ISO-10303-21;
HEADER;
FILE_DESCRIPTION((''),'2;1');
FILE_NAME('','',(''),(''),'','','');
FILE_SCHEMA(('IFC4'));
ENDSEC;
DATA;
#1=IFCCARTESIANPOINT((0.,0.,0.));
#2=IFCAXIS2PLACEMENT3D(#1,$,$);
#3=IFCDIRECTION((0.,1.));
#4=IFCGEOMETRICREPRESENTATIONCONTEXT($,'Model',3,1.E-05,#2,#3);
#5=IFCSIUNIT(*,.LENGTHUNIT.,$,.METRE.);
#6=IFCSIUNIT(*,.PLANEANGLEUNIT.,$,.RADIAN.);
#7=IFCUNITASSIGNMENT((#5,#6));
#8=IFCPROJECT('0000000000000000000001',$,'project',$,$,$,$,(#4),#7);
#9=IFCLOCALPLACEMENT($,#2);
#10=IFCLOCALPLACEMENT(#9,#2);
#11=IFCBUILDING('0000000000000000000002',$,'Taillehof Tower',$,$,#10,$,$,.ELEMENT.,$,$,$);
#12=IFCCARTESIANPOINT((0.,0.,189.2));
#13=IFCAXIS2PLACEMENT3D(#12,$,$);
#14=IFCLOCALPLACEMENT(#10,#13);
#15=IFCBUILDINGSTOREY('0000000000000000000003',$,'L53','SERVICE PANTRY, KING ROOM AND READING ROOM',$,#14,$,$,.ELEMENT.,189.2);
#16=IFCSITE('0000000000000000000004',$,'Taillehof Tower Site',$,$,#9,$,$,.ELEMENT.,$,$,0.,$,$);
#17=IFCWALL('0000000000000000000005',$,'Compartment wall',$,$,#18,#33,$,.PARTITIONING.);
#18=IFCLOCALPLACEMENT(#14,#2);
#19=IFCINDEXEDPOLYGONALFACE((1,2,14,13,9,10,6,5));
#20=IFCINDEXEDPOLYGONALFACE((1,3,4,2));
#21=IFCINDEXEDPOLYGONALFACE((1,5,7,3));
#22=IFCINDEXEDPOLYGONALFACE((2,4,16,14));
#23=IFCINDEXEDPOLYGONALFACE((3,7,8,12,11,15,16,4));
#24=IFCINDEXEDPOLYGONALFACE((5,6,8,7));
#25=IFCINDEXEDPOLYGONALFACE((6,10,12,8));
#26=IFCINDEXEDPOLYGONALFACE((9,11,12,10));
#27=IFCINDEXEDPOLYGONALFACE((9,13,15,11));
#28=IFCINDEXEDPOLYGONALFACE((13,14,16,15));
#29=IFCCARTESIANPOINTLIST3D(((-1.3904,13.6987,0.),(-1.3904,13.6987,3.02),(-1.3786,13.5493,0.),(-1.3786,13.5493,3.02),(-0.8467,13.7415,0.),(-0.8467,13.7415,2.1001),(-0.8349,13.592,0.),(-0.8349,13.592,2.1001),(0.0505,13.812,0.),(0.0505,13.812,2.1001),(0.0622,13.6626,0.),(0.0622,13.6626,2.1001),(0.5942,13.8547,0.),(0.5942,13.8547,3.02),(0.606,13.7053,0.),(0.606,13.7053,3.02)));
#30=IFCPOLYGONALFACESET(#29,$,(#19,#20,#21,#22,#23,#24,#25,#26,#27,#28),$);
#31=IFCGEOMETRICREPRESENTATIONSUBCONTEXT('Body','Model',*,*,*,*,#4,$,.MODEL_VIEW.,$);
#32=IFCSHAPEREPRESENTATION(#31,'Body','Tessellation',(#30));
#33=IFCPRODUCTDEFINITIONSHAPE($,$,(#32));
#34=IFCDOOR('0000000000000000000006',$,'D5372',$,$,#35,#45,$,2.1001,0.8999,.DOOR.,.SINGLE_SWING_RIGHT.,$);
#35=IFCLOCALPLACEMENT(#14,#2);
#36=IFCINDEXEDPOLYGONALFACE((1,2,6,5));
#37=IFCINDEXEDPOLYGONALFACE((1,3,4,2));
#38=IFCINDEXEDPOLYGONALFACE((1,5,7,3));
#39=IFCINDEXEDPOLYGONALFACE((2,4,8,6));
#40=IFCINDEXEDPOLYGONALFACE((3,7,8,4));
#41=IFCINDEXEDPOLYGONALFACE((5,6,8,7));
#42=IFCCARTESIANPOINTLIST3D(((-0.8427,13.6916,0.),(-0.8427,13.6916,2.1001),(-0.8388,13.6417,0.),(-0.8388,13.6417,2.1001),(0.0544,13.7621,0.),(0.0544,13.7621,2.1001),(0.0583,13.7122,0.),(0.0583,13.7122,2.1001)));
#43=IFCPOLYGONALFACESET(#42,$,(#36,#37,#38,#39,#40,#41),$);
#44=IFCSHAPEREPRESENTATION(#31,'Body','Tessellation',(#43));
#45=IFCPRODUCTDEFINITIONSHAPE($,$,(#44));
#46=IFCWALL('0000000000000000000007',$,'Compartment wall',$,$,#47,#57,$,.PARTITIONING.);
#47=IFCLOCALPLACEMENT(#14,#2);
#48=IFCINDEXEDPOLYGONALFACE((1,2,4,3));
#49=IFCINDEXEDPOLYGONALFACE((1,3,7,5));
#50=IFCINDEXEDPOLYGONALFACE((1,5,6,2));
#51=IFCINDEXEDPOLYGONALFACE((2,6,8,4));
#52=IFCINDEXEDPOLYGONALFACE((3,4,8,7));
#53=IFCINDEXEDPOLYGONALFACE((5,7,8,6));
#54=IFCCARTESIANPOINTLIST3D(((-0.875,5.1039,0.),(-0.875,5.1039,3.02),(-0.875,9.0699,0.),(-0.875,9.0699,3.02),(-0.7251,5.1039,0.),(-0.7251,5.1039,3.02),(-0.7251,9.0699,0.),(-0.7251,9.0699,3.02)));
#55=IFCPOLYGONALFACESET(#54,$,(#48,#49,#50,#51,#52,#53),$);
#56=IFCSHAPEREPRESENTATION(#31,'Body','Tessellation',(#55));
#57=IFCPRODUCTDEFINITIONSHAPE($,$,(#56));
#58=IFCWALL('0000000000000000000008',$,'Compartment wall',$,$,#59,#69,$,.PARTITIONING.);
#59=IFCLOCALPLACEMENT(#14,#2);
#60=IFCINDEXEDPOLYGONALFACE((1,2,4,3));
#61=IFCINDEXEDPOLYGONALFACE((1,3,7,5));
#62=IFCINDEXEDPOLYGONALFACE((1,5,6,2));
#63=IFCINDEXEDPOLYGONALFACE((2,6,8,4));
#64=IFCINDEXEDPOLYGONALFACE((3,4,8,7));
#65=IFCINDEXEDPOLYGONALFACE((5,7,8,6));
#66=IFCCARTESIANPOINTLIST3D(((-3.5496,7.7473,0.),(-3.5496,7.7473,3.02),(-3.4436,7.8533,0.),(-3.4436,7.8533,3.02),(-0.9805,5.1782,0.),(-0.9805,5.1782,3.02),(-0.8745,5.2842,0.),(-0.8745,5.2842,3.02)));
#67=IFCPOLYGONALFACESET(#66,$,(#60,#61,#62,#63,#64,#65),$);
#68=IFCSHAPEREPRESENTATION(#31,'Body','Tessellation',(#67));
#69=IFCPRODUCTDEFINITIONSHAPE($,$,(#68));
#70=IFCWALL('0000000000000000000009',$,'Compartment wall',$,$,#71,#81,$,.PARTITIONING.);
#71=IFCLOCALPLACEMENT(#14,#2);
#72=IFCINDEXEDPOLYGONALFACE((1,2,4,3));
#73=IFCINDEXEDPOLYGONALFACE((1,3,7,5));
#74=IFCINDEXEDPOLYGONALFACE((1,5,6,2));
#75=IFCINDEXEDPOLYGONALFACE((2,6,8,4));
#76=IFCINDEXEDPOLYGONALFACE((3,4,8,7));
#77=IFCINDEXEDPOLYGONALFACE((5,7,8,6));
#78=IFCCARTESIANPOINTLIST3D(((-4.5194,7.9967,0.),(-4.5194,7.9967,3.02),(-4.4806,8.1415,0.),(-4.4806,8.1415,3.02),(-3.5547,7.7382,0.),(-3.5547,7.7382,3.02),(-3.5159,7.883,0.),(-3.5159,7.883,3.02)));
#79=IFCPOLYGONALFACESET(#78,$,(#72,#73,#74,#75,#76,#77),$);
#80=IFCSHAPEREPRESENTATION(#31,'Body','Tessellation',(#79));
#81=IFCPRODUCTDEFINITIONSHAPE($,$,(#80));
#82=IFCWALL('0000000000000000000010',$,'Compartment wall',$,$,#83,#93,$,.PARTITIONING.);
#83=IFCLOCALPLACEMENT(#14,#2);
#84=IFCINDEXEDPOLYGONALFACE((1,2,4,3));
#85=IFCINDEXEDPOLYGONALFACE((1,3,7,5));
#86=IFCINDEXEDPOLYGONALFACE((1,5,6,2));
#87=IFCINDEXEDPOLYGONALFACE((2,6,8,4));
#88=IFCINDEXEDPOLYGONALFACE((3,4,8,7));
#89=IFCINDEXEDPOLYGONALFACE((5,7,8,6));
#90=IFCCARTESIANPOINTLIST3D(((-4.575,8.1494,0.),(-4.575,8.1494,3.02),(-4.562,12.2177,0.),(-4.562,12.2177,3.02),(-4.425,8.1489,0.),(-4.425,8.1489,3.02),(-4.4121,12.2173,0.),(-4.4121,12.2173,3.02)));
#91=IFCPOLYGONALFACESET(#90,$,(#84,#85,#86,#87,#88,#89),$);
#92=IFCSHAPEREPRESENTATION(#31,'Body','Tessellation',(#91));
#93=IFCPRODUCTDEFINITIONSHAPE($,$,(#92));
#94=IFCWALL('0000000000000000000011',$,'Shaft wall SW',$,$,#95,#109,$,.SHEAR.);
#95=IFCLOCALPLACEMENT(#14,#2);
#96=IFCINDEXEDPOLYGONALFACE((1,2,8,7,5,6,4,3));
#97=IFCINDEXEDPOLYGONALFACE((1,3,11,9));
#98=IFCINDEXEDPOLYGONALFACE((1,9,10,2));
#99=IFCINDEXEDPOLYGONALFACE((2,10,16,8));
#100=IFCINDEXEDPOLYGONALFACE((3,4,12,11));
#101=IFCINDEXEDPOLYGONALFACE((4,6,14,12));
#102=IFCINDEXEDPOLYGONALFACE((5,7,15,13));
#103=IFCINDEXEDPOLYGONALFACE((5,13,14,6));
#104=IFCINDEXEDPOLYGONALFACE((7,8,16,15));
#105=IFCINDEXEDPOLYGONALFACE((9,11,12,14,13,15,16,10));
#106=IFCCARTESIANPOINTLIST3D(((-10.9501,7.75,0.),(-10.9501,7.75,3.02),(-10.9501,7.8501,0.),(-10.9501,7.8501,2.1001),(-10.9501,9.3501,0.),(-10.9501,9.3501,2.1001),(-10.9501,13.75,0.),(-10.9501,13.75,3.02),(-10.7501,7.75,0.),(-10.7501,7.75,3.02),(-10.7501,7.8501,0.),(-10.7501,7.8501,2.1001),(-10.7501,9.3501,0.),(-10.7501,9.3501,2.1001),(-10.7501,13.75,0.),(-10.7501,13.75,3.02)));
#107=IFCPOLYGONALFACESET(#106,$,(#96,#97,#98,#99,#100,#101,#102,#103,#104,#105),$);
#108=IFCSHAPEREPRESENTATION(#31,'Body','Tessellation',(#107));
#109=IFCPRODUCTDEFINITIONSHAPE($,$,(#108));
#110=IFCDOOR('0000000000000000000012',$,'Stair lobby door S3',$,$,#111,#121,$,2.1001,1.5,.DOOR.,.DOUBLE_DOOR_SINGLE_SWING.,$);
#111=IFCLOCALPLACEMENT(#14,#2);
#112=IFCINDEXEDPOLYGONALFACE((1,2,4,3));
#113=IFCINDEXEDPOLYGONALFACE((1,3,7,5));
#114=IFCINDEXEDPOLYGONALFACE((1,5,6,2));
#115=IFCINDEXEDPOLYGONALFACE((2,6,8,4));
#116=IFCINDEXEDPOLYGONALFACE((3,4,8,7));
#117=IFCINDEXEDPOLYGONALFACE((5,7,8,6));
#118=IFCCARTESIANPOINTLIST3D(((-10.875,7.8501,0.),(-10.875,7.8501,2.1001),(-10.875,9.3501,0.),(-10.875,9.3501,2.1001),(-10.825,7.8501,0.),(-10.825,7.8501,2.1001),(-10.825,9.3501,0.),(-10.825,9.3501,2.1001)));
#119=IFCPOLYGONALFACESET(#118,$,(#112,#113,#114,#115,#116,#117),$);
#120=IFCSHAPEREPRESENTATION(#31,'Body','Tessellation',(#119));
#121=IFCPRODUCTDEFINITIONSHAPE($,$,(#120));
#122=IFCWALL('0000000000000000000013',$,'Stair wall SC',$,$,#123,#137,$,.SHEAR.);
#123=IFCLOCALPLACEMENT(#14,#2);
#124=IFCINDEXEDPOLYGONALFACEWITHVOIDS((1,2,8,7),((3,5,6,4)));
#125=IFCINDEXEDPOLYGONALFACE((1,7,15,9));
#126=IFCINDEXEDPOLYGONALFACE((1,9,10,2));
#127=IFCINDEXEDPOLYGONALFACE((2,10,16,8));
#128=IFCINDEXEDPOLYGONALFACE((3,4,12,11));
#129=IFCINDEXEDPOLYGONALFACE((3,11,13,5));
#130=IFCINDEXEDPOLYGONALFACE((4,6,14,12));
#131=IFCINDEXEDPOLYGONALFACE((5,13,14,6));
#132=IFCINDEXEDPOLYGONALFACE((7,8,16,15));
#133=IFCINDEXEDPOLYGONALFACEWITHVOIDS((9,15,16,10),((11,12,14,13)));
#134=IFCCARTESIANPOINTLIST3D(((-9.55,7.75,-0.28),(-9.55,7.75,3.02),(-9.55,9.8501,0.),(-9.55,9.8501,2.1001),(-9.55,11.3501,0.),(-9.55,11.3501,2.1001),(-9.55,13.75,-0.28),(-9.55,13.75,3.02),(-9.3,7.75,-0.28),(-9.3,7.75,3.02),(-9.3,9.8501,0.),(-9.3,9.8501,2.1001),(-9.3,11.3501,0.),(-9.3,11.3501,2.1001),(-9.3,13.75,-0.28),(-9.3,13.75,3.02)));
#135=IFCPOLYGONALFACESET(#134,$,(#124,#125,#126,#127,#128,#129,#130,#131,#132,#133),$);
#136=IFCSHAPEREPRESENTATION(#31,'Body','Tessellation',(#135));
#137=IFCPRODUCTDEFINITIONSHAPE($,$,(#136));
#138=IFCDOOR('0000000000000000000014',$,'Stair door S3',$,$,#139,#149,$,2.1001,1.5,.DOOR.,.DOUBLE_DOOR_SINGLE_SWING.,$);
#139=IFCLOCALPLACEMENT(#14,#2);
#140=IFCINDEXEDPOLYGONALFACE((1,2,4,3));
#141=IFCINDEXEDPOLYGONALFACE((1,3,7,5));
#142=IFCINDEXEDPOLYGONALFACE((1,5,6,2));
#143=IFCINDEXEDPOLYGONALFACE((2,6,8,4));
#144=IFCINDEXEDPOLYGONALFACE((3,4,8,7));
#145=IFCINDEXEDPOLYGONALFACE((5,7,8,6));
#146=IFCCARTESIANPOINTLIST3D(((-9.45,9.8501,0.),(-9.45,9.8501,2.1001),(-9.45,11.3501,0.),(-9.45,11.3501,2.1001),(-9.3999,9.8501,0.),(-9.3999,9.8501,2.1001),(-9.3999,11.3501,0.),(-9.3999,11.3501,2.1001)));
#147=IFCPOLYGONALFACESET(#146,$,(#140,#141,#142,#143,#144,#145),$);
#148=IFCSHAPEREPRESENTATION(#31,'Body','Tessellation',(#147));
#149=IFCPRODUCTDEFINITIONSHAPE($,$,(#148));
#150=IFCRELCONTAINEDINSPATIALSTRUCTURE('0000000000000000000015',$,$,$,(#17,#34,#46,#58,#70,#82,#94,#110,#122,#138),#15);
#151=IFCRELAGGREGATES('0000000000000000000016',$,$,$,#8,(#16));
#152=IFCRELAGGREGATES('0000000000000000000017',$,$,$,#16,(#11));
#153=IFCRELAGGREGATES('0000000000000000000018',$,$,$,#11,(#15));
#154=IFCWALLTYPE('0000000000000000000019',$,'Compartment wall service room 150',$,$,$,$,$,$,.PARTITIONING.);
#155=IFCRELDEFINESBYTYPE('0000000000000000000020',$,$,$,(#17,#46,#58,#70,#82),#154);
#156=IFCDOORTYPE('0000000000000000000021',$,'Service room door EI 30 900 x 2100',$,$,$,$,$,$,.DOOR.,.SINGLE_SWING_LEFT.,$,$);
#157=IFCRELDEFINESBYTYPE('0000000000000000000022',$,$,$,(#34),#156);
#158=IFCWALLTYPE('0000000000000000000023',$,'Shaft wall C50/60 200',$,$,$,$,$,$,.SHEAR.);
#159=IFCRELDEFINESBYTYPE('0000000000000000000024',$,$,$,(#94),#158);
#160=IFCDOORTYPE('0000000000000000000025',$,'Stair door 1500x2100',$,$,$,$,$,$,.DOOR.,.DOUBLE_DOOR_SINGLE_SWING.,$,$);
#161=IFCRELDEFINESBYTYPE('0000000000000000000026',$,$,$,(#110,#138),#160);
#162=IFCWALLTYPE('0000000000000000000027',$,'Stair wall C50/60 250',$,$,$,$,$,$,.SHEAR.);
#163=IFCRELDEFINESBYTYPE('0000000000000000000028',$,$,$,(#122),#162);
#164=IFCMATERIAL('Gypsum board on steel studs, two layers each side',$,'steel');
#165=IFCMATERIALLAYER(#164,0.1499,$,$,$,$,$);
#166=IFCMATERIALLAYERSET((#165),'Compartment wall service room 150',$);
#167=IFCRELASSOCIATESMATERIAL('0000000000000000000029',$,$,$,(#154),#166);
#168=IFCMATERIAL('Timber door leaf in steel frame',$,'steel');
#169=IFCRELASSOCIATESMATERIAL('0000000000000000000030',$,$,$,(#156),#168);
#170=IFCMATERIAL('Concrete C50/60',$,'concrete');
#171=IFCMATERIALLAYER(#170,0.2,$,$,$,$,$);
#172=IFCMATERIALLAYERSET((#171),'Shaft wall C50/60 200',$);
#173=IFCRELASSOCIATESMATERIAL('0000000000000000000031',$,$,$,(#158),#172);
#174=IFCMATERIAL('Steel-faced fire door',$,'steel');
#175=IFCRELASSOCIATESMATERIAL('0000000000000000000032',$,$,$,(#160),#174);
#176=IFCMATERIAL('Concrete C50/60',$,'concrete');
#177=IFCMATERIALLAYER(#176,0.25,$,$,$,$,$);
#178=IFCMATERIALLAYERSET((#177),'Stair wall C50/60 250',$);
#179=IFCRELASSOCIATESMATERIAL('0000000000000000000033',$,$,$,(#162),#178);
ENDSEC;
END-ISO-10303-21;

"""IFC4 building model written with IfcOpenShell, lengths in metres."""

from ifc_helpers import new_model, si_unit, direction, frame, frame_2d, origin, place, context, subcontext, project, spatial, rectangle, extrude, material, layer, layer_set, type_object, element, fill, save


model = new_model("IFC4")

# Units and contexts
model_context = context("Model", 3, precision=1e-05, world=origin(), true_north=direction((0.0, 1.0)))
body_context = subcontext(model_context, "Body", "Model", "MODEL_VIEW")
ifc_project = project(units=[si_unit("LENGTHUNIT", "METRE"), si_unit("PLANEANGLEUNIT", "RADIAN")], contexts=[model_context])

# Site, building, storey
site_placement = place(None, origin())
site = spatial("IfcSite", under=ifc_project, at=site_placement, Name="Taillehof Tower Site", CompositionType="ELEMENT", RefElevation=0.0)
building_placement = place(site_placement, origin())
building = spatial("IfcBuilding", under=site, at=building_placement, Name="Taillehof Tower", CompositionType="ELEMENT")
storey_placement = place(building_placement, frame((0.0, 0.0, 189.2)))
storey = spatial("IfcBuildingStorey", under=building, at=storey_placement, Name="L53", Description="SERVICE PANTRY, KING ROOM AND READING ROOM", CompositionType="ELEMENT", Elevation=189.2)

# Shared definitions
ifc_material_1 = material(Name="Gypsum board on steel studs, two layers each side", Category="steel")
ifc_layer_1 = layer(ifc_material_1, 0.1499)
ifc_layer_set_1 = layer_set([ifc_layer_1], Name="Compartment wall service room 150")
wall_type_1 = type_object("IfcWallType", Name="Compartment wall service room 150", PredefinedType="PARTITIONING", material=ifc_layer_set_1)

# Wall, opening, door
wall_1_placement = place(storey_placement, frame((-1.3845, 13.624, 0.0), z_axis=(0.0, 0.0, 1.0), x_axis=(0.996925, 0.078366, 0.0)))
wall_1 = element("IfcWall", 1, at=wall_1_placement, inside=storey, type_object=wall_type_1, Name="Compartment wall", PredefinedType="PARTITIONING", context=body_context, shape_type="SweptSolid", body=[
    extrude(rectangle(XDim=1.9907, YDim=0.1499, at=frame_2d((0.9954, 0.0))), origin(), (0.0, 0.0, 1.0), 3.02),
])
opening_1_placement = place(wall_1_placement, frame((0.5454, 0.0, 0.0)))
opening_1 = element("IfcOpeningElement", 2, at=opening_1_placement, cuts=wall_1, PredefinedType="OPENING", context=body_context, shape_type="SweptSolid", body=[
    extrude(rectangle(XDim=0.8999, YDim=2.1001, at=frame_2d((0.45, 1.05))), frame((0.0, 0.085, 0.0), z_axis=(0.0, -1.0, 0.0), x_axis=(1.0, 0.0, 0.0)), (0.0, 0.0, 1.0), 0.1699),
])
ifc_material_2 = material(Name="Timber door leaf in steel frame", Category="steel")
door_type_1 = type_object("IfcDoorType", Name="Service room door EI 30 900 x 2100", OperationType="SINGLE_SWING_LEFT", PredefinedType="DOOR", material=ifc_material_2)
door_1_placement = place(opening_1_placement, origin())
door_1 = element("IfcDoor", 3, at=door_1_placement, inside=storey, type_object=door_type_1, Name="D5372", OperationType="SINGLE_SWING_RIGHT", OverallHeight=2.1001, OverallWidth=0.8999, PredefinedType="DOOR", context=body_context, shape_type="SweptSolid", body=[
    extrude(rectangle(XDim=0.8999, YDim=2.1001, at=frame_2d((0.45, 1.05))), frame((0.0, 0.0249, 0.0), z_axis=(0.0, -1.0, 0.0), x_axis=(1.0, 0.0, 0.0)), (0.0, 0.0, 1.0), 0.05),
])
fill(opening_1, door_1)

# Walls
wall_2_placement = place(storey_placement, frame((-0.8, 9.0698, 0.0), z_axis=(0.0, 0.0, 1.0), x_axis=(0.0, -1.0, 0.0)))
element("IfcWall", 4, at=wall_2_placement, inside=storey, type_object=wall_type_1, Name="Compartment wall", PredefinedType="PARTITIONING", context=body_context, shape_type="SweptSolid", body=[
    extrude(rectangle(XDim=3.9661, YDim=0.1499, at=frame_2d((1.9829, 0.0))), origin(), (0.0, 0.0, 1.0), 3.02),
])
wall_3_placement = place(storey_placement, frame((-0.9275, 5.2312, 0.0), z_axis=(0.0, 0.0, 1.0), x_axis=(-0.707107, 0.707107, 0.0)))
element("IfcWall", 5, at=wall_3_placement, inside=storey, type_object=wall_type_1, Name="Compartment wall", PredefinedType="PARTITIONING", context=body_context, shape_type="SweptSolid", body=[
    extrude(rectangle(XDim=3.6333, YDim=0.1499, at=frame_2d((1.8167, 0.0))), origin(), (0.0, 0.0, 1.0), 3.02),
])
wall_4_placement = place(storey_placement, frame((-3.5352, 7.8105, 0.0), z_axis=(0.0, 0.0, 1.0), x_axis=(-0.965922, 0.258834, 0.0)))
element("IfcWall", 6, at=wall_4_placement, inside=storey, type_object=wall_type_1, Name="Compartment wall", PredefinedType="PARTITIONING", context=body_context, shape_type="SweptSolid", body=[
    extrude(rectangle(XDim=0.9988, YDim=0.1499, at=frame_2d((0.4995, 0.0))), origin(), (0.0, 0.0, 1.0), 3.02),
])
wall_5_placement = place(storey_placement, frame((-4.5, 8.1492, 0.0), z_axis=(0.0, 0.0, 1.0), x_axis=(0.00318, 0.999995, 0.0)))
element("IfcWall", 7, at=wall_5_placement, inside=storey, type_object=wall_type_1, Name="Compartment wall", PredefinedType="PARTITIONING", context=body_context, shape_type="SweptSolid", body=[
    extrude(rectangle(XDim=4.0684, YDim=0.1499, at=frame_2d((2.0342, 0.0))), origin(), (0.0, 0.0, 1.0), 3.02),
])

# Walls, openings, doors
ifc_material_3 = material(Name="Concrete C50/60", Category="concrete")
ifc_layer_2 = layer(ifc_material_3, 0.2)
ifc_layer_set_2 = layer_set([ifc_layer_2], Name="Shaft wall C50/60 200")
wall_type_2 = type_object("IfcWallType", Name="Shaft wall C50/60 200", PredefinedType="SHEAR", material=ifc_layer_set_2)
wall_6_placement = place(storey_placement, frame((-10.8501, 7.75, 0.0), z_axis=(0.0, 0.0, 1.0), x_axis=(0.0, 1.0, 0.0)))
wall_6 = element("IfcWall", 8, at=wall_6_placement, inside=storey, type_object=wall_type_2, Name="Shaft wall SW", PredefinedType="SHEAR", context=body_context, shape_type="SweptSolid", body=[
    extrude(rectangle(XDim=6.0, YDim=0.2, at=frame_2d((3.0, 0.0))), origin(), (0.0, 0.0, 1.0), 3.02),
])
opening_2_placement = place(wall_6_placement, frame((0.1001, 0.0, 0.0)))
opening_2 = element("IfcOpeningElement", 9, at=opening_2_placement, cuts=wall_6, PredefinedType="OPENING", context=body_context, shape_type="SweptSolid", body=[
    extrude(rectangle(XDim=1.5, YDim=2.1001, at=frame_2d((0.75, 1.05))), frame((0.0, 0.1099, 0.0), z_axis=(0.0, -1.0, 0.0), x_axis=(1.0, 0.0, 0.0)), (0.0, 0.0, 1.0), 0.22),
])
ifc_material_4 = material(Name="Steel-faced fire door", Category="steel")
door_type_2 = type_object("IfcDoorType", Name="Stair door 1500x2100", OperationType="DOUBLE_DOOR_SINGLE_SWING", PredefinedType="DOOR", material=ifc_material_4)
door_2_placement = place(opening_2_placement, origin())
door_2 = element("IfcDoor", 10, at=door_2_placement, inside=storey, type_object=door_type_2, Name="Stair lobby door S3", OperationType="DOUBLE_DOOR_SINGLE_SWING", OverallHeight=2.1001, OverallWidth=1.5, PredefinedType="DOOR", context=body_context, shape_type="SweptSolid", body=[
    extrude(rectangle(XDim=1.5, YDim=2.1001, at=frame_2d((0.75, 1.05))), frame((0.0, 0.0249, 0.0), z_axis=(0.0, -1.0, 0.0), x_axis=(1.0, 0.0, 0.0)), (0.0, 0.0, 1.0), 0.05),
])
fill(opening_2, door_2)
ifc_material_5 = material(Name="Concrete C50/60", Category="concrete")
ifc_layer_3 = layer(ifc_material_5, 0.25)
ifc_layer_set_3 = layer_set([ifc_layer_3], Name="Stair wall C50/60 250")
wall_type_3 = type_object("IfcWallType", Name="Stair wall C50/60 250", PredefinedType="SHEAR", material=ifc_layer_set_3)
wall_7_placement = place(storey_placement, frame((-9.425, 7.75, -0.28), z_axis=(0.0, 0.0, 1.0), x_axis=(0.0, 1.0, 0.0)))
wall_7 = element("IfcWall", 11, at=wall_7_placement, inside=storey, type_object=wall_type_3, Name="Stair wall SC", PredefinedType="SHEAR", context=body_context, shape_type="SweptSolid", body=[
    extrude(rectangle(XDim=6.0, YDim=0.25, at=frame_2d((3.0, 0.0))), origin(), (0.0, 0.0, 1.0), 3.3),
])
opening_3_placement = place(wall_7_placement, frame((2.1001, 0.0, 0.28)))
opening_3 = element("IfcOpeningElement", 12, at=opening_3_placement, cuts=wall_7, PredefinedType="OPENING", context=body_context, shape_type="SweptSolid", body=[
    extrude(rectangle(XDim=1.5, YDim=2.1001, at=frame_2d((0.75, 1.05))), frame((0.0, 0.135, 0.0), z_axis=(0.0, -1.0, 0.0), x_axis=(1.0, 0.0, 0.0)), (0.0, 0.0, 1.0), 0.27),
])
door_3_placement = place(opening_3_placement, origin())
door_3 = element("IfcDoor", 13, at=door_3_placement, inside=storey, type_object=door_type_2, Name="Stair door S3", OperationType="DOUBLE_DOOR_SINGLE_SWING", OverallHeight=2.1001, OverallWidth=1.5, PredefinedType="DOOR", context=body_context, shape_type="SweptSolid", body=[
    extrude(rectangle(XDim=1.5, YDim=2.1001, at=frame_2d((0.75, 1.05))), frame((0.0, 0.0249, 0.0), z_axis=(0.0, -1.0, 0.0), x_axis=(1.0, 0.0, 0.0)), (0.0, 0.0, 1.0), 0.05),
])
fill(opening_3, door_3)

save(model, "model.ifc")
